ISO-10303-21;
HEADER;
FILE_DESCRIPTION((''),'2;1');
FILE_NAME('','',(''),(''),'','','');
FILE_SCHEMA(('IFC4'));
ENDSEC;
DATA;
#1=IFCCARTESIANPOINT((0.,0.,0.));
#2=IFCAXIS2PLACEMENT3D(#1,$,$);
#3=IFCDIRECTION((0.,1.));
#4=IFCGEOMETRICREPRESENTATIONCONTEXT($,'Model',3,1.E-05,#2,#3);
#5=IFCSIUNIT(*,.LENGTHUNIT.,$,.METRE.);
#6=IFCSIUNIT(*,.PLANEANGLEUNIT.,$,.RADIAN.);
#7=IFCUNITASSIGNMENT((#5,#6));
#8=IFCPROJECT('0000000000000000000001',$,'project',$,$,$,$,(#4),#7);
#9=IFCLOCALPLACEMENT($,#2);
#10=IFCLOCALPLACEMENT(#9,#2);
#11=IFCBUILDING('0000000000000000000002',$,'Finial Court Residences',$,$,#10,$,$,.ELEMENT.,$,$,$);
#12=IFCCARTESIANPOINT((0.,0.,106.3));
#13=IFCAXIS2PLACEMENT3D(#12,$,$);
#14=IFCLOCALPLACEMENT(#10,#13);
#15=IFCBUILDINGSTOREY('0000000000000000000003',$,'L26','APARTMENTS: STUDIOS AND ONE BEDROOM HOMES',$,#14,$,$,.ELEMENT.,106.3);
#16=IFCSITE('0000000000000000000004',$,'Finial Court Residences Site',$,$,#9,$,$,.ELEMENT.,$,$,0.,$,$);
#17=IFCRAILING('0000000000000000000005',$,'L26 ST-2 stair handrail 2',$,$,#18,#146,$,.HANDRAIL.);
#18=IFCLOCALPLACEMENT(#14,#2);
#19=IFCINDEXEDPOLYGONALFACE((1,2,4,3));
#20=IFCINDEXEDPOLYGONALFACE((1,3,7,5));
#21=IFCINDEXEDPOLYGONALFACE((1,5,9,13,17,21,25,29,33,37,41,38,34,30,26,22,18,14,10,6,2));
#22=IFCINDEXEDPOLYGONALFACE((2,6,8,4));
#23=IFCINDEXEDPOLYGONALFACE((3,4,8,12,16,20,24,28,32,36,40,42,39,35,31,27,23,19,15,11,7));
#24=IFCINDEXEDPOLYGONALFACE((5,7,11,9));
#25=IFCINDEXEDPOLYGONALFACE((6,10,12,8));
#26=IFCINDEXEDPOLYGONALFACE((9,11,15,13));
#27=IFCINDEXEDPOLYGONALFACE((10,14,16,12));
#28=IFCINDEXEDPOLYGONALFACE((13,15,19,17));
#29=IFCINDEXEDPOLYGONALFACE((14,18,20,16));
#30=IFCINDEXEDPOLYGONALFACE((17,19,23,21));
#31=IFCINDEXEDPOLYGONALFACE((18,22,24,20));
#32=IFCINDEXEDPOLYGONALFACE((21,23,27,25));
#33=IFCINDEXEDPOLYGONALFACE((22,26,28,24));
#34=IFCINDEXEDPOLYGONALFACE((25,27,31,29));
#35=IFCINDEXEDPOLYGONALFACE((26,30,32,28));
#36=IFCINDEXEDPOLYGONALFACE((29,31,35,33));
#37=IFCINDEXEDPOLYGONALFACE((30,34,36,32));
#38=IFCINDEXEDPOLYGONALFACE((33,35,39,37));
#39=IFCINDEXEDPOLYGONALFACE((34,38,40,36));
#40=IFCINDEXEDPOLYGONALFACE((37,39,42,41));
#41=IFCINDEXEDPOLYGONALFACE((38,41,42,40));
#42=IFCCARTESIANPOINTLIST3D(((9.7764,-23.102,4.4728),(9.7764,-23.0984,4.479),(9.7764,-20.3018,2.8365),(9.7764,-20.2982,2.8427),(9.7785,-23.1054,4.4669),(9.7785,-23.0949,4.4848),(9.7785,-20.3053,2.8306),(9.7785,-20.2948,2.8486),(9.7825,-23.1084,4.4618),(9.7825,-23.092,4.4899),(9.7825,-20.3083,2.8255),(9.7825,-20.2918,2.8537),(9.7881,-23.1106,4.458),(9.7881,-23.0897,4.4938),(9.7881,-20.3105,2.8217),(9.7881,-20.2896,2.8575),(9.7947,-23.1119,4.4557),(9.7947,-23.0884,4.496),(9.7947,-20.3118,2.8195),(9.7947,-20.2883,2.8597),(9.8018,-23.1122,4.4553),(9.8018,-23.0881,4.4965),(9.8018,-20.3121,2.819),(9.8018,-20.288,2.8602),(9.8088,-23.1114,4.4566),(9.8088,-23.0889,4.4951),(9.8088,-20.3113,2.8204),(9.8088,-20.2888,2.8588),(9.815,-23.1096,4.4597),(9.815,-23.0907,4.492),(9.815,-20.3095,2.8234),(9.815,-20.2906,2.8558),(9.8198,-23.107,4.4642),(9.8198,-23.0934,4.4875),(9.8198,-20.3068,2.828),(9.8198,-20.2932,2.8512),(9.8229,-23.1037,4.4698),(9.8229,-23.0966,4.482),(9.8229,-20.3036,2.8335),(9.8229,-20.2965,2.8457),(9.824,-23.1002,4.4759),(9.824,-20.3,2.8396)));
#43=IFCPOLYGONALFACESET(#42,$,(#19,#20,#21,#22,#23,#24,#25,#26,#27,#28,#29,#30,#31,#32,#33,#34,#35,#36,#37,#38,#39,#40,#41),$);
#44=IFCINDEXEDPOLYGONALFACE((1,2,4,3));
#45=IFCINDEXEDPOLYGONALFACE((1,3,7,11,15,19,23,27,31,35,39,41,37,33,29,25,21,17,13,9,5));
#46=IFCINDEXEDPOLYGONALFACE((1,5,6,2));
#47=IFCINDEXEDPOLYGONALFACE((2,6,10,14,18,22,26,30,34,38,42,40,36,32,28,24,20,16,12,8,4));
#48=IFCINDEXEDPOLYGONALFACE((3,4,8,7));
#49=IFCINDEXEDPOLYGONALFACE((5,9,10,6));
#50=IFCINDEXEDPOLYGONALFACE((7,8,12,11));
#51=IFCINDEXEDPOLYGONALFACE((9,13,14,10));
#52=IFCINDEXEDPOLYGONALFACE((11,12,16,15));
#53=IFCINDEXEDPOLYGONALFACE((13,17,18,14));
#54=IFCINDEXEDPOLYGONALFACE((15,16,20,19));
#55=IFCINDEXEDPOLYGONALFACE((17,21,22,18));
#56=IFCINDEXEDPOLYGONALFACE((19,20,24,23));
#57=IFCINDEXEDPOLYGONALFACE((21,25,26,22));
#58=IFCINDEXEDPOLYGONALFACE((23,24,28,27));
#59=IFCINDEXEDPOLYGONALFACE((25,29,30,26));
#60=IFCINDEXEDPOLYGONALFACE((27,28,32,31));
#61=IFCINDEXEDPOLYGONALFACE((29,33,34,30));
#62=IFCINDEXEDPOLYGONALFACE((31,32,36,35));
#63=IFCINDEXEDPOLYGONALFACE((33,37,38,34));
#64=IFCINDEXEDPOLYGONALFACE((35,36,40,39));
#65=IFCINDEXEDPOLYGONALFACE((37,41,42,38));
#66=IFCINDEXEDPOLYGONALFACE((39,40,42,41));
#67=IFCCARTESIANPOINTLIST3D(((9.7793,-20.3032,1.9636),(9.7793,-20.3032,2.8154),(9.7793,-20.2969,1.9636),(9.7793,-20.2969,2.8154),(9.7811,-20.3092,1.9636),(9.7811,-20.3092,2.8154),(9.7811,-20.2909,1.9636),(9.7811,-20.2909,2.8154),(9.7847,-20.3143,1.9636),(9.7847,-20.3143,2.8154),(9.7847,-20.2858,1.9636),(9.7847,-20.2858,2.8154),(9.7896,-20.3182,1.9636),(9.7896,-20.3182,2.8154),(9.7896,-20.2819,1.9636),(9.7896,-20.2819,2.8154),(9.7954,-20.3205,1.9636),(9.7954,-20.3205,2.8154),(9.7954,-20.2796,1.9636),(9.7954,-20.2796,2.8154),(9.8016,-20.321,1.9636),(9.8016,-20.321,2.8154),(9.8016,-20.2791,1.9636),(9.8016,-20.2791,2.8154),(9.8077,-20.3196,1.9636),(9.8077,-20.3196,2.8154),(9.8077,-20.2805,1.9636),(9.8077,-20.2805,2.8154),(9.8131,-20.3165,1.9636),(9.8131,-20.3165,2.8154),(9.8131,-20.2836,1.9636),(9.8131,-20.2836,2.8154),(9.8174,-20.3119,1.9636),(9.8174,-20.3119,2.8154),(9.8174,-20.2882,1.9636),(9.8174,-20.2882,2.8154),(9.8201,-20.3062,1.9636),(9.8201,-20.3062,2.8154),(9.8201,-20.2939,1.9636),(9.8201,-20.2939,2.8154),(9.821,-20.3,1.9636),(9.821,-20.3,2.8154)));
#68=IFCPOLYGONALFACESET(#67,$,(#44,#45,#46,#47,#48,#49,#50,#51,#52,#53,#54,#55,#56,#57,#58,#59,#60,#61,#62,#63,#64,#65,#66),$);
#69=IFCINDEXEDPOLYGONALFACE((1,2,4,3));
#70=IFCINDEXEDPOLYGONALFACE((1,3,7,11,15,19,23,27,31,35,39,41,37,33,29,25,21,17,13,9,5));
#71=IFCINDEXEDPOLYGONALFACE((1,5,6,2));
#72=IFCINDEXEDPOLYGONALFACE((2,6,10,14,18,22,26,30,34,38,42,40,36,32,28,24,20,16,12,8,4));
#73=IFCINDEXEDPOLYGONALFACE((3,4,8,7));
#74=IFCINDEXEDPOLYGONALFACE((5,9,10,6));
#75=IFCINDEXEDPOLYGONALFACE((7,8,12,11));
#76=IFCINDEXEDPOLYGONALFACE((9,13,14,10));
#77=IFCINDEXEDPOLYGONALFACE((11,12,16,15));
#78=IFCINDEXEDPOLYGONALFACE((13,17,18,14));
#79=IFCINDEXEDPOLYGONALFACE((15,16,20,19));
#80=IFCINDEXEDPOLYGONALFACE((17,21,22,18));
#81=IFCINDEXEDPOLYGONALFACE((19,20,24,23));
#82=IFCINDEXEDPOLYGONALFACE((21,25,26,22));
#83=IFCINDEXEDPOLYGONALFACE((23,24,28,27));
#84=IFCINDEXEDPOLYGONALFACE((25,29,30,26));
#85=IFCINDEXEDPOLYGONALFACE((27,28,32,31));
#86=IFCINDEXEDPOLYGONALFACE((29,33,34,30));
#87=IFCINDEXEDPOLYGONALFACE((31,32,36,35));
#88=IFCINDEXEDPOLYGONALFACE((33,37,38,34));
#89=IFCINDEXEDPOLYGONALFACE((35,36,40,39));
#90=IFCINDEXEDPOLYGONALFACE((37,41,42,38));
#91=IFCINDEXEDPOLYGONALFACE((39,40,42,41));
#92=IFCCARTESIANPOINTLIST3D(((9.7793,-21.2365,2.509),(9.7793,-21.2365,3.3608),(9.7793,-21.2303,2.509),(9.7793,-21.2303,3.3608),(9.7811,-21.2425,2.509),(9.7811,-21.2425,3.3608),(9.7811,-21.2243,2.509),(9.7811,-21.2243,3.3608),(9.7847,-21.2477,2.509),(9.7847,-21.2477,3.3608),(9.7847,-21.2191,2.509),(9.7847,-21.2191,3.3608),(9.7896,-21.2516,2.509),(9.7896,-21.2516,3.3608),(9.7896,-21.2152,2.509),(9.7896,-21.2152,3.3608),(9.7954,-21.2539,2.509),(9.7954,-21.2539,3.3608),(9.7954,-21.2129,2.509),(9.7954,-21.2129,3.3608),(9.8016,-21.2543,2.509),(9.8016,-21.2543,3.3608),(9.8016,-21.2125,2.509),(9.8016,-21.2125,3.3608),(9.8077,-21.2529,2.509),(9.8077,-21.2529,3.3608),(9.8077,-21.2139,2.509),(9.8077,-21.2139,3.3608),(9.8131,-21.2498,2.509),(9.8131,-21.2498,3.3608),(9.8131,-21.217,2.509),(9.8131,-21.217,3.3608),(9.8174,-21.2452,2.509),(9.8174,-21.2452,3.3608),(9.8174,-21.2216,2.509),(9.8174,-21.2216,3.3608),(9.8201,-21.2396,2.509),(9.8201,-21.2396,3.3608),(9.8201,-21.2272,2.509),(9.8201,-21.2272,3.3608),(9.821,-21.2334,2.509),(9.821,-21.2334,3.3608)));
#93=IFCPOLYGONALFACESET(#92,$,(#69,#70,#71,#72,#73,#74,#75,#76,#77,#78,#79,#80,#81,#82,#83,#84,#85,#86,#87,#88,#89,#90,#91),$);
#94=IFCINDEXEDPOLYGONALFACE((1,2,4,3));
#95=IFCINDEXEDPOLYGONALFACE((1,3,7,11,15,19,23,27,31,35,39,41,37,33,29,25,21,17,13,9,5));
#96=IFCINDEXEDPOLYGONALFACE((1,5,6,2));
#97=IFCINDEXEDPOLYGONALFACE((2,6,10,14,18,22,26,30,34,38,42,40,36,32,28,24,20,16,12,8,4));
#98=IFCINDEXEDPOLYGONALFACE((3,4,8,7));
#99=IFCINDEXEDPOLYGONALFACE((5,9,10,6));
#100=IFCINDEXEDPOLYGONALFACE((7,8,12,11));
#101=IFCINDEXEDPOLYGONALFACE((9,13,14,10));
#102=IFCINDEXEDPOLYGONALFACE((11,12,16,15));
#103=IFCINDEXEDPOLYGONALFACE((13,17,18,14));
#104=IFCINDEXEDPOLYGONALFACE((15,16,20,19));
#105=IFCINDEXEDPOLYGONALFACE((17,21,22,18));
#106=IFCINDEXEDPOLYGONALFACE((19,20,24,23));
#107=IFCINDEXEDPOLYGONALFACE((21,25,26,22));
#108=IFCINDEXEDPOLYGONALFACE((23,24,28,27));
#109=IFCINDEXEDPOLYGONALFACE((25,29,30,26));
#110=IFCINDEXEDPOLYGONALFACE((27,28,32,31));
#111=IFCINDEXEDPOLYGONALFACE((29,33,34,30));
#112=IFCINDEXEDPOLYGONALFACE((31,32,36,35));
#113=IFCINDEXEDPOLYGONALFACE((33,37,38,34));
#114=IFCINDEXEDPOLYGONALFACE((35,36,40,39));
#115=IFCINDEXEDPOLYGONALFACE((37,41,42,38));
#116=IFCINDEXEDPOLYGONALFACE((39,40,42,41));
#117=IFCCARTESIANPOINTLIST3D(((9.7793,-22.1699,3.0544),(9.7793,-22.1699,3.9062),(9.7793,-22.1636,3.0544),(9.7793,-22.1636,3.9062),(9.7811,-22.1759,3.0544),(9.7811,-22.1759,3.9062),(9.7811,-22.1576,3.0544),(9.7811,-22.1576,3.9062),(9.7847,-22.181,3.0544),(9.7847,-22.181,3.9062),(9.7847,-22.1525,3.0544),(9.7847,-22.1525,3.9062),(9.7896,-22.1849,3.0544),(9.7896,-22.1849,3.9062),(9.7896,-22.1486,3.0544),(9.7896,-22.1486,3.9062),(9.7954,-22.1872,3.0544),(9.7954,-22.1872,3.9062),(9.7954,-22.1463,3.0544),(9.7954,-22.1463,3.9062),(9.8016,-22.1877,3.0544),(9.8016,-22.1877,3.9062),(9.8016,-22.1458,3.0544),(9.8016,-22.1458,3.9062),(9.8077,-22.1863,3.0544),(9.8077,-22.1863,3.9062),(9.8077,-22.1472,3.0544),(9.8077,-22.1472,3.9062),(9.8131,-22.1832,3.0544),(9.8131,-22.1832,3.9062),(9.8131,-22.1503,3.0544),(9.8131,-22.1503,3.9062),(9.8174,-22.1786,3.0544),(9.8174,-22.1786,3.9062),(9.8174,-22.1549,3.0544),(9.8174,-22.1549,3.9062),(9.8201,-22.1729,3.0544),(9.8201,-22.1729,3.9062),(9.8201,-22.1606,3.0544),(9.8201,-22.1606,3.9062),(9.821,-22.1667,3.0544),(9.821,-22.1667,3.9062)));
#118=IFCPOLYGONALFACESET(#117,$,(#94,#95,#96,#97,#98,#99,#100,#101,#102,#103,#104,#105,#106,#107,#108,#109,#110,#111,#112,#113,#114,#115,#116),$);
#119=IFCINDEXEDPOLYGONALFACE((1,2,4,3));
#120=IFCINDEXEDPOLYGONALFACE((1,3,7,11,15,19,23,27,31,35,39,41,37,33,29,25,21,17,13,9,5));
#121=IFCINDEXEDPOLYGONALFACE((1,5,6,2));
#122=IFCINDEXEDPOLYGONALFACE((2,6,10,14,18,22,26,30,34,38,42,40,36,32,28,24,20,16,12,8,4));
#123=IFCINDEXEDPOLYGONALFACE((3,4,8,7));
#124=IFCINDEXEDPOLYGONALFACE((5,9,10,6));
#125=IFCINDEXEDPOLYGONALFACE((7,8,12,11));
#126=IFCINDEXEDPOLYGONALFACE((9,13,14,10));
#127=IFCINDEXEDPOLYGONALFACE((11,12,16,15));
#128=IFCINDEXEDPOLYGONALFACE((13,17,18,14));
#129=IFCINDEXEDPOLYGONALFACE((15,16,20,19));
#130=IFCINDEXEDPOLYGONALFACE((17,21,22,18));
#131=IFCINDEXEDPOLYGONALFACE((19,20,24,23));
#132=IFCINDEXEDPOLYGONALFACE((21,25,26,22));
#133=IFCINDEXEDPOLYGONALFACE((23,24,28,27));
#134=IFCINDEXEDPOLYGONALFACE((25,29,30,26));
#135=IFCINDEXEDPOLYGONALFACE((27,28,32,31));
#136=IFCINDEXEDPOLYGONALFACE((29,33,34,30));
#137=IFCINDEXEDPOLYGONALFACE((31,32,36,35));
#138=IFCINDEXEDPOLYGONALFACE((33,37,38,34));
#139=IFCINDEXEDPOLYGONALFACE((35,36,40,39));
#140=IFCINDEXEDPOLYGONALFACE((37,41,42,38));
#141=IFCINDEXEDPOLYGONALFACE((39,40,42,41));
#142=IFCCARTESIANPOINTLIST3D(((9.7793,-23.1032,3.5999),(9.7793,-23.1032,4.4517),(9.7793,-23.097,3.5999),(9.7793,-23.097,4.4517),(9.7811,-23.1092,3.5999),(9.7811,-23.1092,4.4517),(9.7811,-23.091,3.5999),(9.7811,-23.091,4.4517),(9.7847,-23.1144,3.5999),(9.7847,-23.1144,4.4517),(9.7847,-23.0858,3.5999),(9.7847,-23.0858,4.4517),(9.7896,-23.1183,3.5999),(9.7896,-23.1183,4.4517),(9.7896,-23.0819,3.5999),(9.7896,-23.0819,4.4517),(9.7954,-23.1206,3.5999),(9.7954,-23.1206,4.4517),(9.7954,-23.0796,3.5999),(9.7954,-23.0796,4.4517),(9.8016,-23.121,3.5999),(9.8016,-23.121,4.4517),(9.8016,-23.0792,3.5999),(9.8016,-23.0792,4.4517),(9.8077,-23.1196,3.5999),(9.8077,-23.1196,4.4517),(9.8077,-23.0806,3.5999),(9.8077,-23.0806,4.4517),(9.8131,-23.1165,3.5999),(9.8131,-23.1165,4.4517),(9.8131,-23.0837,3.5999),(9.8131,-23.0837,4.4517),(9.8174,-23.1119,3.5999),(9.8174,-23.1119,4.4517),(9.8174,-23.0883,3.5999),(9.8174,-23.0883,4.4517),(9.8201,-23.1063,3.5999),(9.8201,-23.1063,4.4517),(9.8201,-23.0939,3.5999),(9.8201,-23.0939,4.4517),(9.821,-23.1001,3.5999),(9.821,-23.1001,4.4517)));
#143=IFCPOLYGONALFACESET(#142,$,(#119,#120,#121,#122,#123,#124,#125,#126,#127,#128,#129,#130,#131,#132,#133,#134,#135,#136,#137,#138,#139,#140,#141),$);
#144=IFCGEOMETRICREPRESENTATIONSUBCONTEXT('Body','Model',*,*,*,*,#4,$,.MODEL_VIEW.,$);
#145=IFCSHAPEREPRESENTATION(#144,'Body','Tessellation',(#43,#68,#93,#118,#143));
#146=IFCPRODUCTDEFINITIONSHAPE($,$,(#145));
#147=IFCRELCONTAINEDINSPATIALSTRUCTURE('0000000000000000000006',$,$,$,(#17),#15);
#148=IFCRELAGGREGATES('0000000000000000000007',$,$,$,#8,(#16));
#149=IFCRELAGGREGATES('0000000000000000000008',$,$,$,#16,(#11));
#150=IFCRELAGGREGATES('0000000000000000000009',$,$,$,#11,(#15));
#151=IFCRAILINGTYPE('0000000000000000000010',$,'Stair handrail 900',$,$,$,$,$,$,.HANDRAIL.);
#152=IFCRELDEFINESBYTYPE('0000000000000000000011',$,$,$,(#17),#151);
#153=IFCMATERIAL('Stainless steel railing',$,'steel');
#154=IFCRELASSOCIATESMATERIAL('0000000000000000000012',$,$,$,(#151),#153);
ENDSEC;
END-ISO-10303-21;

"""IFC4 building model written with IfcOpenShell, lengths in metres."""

from ifc_helpers import new_model, si_unit, direction, frame, origin, origin_2d, place, context, subcontext, project, spatial, circle, extrude, material, type_object, element, save


model = new_model("IFC4")

# Units and contexts
model_context = context("Model", 3, precision=1e-05, world=origin(), true_north=direction((0.0, 1.0)))
body_context = subcontext(model_context, "Body", "Model", "MODEL_VIEW")
ifc_project = project(units=[si_unit("LENGTHUNIT", "METRE"), si_unit("PLANEANGLEUNIT", "RADIAN")], contexts=[model_context])

# Site, building, storey
site_placement = place(None, origin())
site = spatial("IfcSite", under=ifc_project, at=site_placement, Name="Finial Court Residences Site", CompositionType="ELEMENT", RefElevation=0.0)
building_placement = place(site_placement, origin())
building = spatial("IfcBuilding", under=site, at=building_placement, Name="Finial Court Residences", CompositionType="ELEMENT")
storey_placement = place(building_placement, frame((0.0, 0.0, 106.3)))
storey = spatial("IfcBuildingStorey", under=building, at=storey_placement, Name="L26", Description="APARTMENTS: STUDIOS AND ONE BEDROOM HOMES", CompositionType="ELEMENT", Elevation=106.3)

# Railing
ifc_material_1 = material(Name="Stainless steel railing", Category="steel")
railing_type_1 = type_object("IfcRailingType", Name="Stair handrail 900", PredefinedType="HANDRAIL", material=ifc_material_1)
railing_1_placement = place(storey_placement, frame((9.8, -20.3, 1.9636)))
element("IfcRailing", 1, at=railing_1_placement, inside=storey, type_object=railing_type_1, Name="L26 ST-2 stair handrail 2", PredefinedType="HANDRAIL", context=body_context, shape_type="SweptSolid", body=[
    extrude(circle(Radius=0.0239, at=origin_2d()), frame((0.0, 0.0, 0.876), z_axis=(0.0, -0.863394, 0.504531), x_axis=(1.0, 0.0, 0.0)), (0.0, 0.0, 1.0), 3.2432),
    extrude(circle(Radius=0.021, at=origin_2d()), origin(), (0.0, 0.0, 1.0), 0.8518),
    extrude(circle(Radius=0.021, at=origin_2d()), frame((0.0, -0.9333, 0.5454)), (0.0, 0.0, 1.0), 0.8518),
    extrude(circle(Radius=0.021, at=origin_2d()), frame((0.0, -1.8667, 1.0908)), (0.0, 0.0, 1.0), 0.8518),
    extrude(circle(Radius=0.021, at=origin_2d()), frame((0.0, -2.8, 1.6362)), (0.0, 0.0, 1.0), 0.8518),
])

save(model, "model.ifc")
